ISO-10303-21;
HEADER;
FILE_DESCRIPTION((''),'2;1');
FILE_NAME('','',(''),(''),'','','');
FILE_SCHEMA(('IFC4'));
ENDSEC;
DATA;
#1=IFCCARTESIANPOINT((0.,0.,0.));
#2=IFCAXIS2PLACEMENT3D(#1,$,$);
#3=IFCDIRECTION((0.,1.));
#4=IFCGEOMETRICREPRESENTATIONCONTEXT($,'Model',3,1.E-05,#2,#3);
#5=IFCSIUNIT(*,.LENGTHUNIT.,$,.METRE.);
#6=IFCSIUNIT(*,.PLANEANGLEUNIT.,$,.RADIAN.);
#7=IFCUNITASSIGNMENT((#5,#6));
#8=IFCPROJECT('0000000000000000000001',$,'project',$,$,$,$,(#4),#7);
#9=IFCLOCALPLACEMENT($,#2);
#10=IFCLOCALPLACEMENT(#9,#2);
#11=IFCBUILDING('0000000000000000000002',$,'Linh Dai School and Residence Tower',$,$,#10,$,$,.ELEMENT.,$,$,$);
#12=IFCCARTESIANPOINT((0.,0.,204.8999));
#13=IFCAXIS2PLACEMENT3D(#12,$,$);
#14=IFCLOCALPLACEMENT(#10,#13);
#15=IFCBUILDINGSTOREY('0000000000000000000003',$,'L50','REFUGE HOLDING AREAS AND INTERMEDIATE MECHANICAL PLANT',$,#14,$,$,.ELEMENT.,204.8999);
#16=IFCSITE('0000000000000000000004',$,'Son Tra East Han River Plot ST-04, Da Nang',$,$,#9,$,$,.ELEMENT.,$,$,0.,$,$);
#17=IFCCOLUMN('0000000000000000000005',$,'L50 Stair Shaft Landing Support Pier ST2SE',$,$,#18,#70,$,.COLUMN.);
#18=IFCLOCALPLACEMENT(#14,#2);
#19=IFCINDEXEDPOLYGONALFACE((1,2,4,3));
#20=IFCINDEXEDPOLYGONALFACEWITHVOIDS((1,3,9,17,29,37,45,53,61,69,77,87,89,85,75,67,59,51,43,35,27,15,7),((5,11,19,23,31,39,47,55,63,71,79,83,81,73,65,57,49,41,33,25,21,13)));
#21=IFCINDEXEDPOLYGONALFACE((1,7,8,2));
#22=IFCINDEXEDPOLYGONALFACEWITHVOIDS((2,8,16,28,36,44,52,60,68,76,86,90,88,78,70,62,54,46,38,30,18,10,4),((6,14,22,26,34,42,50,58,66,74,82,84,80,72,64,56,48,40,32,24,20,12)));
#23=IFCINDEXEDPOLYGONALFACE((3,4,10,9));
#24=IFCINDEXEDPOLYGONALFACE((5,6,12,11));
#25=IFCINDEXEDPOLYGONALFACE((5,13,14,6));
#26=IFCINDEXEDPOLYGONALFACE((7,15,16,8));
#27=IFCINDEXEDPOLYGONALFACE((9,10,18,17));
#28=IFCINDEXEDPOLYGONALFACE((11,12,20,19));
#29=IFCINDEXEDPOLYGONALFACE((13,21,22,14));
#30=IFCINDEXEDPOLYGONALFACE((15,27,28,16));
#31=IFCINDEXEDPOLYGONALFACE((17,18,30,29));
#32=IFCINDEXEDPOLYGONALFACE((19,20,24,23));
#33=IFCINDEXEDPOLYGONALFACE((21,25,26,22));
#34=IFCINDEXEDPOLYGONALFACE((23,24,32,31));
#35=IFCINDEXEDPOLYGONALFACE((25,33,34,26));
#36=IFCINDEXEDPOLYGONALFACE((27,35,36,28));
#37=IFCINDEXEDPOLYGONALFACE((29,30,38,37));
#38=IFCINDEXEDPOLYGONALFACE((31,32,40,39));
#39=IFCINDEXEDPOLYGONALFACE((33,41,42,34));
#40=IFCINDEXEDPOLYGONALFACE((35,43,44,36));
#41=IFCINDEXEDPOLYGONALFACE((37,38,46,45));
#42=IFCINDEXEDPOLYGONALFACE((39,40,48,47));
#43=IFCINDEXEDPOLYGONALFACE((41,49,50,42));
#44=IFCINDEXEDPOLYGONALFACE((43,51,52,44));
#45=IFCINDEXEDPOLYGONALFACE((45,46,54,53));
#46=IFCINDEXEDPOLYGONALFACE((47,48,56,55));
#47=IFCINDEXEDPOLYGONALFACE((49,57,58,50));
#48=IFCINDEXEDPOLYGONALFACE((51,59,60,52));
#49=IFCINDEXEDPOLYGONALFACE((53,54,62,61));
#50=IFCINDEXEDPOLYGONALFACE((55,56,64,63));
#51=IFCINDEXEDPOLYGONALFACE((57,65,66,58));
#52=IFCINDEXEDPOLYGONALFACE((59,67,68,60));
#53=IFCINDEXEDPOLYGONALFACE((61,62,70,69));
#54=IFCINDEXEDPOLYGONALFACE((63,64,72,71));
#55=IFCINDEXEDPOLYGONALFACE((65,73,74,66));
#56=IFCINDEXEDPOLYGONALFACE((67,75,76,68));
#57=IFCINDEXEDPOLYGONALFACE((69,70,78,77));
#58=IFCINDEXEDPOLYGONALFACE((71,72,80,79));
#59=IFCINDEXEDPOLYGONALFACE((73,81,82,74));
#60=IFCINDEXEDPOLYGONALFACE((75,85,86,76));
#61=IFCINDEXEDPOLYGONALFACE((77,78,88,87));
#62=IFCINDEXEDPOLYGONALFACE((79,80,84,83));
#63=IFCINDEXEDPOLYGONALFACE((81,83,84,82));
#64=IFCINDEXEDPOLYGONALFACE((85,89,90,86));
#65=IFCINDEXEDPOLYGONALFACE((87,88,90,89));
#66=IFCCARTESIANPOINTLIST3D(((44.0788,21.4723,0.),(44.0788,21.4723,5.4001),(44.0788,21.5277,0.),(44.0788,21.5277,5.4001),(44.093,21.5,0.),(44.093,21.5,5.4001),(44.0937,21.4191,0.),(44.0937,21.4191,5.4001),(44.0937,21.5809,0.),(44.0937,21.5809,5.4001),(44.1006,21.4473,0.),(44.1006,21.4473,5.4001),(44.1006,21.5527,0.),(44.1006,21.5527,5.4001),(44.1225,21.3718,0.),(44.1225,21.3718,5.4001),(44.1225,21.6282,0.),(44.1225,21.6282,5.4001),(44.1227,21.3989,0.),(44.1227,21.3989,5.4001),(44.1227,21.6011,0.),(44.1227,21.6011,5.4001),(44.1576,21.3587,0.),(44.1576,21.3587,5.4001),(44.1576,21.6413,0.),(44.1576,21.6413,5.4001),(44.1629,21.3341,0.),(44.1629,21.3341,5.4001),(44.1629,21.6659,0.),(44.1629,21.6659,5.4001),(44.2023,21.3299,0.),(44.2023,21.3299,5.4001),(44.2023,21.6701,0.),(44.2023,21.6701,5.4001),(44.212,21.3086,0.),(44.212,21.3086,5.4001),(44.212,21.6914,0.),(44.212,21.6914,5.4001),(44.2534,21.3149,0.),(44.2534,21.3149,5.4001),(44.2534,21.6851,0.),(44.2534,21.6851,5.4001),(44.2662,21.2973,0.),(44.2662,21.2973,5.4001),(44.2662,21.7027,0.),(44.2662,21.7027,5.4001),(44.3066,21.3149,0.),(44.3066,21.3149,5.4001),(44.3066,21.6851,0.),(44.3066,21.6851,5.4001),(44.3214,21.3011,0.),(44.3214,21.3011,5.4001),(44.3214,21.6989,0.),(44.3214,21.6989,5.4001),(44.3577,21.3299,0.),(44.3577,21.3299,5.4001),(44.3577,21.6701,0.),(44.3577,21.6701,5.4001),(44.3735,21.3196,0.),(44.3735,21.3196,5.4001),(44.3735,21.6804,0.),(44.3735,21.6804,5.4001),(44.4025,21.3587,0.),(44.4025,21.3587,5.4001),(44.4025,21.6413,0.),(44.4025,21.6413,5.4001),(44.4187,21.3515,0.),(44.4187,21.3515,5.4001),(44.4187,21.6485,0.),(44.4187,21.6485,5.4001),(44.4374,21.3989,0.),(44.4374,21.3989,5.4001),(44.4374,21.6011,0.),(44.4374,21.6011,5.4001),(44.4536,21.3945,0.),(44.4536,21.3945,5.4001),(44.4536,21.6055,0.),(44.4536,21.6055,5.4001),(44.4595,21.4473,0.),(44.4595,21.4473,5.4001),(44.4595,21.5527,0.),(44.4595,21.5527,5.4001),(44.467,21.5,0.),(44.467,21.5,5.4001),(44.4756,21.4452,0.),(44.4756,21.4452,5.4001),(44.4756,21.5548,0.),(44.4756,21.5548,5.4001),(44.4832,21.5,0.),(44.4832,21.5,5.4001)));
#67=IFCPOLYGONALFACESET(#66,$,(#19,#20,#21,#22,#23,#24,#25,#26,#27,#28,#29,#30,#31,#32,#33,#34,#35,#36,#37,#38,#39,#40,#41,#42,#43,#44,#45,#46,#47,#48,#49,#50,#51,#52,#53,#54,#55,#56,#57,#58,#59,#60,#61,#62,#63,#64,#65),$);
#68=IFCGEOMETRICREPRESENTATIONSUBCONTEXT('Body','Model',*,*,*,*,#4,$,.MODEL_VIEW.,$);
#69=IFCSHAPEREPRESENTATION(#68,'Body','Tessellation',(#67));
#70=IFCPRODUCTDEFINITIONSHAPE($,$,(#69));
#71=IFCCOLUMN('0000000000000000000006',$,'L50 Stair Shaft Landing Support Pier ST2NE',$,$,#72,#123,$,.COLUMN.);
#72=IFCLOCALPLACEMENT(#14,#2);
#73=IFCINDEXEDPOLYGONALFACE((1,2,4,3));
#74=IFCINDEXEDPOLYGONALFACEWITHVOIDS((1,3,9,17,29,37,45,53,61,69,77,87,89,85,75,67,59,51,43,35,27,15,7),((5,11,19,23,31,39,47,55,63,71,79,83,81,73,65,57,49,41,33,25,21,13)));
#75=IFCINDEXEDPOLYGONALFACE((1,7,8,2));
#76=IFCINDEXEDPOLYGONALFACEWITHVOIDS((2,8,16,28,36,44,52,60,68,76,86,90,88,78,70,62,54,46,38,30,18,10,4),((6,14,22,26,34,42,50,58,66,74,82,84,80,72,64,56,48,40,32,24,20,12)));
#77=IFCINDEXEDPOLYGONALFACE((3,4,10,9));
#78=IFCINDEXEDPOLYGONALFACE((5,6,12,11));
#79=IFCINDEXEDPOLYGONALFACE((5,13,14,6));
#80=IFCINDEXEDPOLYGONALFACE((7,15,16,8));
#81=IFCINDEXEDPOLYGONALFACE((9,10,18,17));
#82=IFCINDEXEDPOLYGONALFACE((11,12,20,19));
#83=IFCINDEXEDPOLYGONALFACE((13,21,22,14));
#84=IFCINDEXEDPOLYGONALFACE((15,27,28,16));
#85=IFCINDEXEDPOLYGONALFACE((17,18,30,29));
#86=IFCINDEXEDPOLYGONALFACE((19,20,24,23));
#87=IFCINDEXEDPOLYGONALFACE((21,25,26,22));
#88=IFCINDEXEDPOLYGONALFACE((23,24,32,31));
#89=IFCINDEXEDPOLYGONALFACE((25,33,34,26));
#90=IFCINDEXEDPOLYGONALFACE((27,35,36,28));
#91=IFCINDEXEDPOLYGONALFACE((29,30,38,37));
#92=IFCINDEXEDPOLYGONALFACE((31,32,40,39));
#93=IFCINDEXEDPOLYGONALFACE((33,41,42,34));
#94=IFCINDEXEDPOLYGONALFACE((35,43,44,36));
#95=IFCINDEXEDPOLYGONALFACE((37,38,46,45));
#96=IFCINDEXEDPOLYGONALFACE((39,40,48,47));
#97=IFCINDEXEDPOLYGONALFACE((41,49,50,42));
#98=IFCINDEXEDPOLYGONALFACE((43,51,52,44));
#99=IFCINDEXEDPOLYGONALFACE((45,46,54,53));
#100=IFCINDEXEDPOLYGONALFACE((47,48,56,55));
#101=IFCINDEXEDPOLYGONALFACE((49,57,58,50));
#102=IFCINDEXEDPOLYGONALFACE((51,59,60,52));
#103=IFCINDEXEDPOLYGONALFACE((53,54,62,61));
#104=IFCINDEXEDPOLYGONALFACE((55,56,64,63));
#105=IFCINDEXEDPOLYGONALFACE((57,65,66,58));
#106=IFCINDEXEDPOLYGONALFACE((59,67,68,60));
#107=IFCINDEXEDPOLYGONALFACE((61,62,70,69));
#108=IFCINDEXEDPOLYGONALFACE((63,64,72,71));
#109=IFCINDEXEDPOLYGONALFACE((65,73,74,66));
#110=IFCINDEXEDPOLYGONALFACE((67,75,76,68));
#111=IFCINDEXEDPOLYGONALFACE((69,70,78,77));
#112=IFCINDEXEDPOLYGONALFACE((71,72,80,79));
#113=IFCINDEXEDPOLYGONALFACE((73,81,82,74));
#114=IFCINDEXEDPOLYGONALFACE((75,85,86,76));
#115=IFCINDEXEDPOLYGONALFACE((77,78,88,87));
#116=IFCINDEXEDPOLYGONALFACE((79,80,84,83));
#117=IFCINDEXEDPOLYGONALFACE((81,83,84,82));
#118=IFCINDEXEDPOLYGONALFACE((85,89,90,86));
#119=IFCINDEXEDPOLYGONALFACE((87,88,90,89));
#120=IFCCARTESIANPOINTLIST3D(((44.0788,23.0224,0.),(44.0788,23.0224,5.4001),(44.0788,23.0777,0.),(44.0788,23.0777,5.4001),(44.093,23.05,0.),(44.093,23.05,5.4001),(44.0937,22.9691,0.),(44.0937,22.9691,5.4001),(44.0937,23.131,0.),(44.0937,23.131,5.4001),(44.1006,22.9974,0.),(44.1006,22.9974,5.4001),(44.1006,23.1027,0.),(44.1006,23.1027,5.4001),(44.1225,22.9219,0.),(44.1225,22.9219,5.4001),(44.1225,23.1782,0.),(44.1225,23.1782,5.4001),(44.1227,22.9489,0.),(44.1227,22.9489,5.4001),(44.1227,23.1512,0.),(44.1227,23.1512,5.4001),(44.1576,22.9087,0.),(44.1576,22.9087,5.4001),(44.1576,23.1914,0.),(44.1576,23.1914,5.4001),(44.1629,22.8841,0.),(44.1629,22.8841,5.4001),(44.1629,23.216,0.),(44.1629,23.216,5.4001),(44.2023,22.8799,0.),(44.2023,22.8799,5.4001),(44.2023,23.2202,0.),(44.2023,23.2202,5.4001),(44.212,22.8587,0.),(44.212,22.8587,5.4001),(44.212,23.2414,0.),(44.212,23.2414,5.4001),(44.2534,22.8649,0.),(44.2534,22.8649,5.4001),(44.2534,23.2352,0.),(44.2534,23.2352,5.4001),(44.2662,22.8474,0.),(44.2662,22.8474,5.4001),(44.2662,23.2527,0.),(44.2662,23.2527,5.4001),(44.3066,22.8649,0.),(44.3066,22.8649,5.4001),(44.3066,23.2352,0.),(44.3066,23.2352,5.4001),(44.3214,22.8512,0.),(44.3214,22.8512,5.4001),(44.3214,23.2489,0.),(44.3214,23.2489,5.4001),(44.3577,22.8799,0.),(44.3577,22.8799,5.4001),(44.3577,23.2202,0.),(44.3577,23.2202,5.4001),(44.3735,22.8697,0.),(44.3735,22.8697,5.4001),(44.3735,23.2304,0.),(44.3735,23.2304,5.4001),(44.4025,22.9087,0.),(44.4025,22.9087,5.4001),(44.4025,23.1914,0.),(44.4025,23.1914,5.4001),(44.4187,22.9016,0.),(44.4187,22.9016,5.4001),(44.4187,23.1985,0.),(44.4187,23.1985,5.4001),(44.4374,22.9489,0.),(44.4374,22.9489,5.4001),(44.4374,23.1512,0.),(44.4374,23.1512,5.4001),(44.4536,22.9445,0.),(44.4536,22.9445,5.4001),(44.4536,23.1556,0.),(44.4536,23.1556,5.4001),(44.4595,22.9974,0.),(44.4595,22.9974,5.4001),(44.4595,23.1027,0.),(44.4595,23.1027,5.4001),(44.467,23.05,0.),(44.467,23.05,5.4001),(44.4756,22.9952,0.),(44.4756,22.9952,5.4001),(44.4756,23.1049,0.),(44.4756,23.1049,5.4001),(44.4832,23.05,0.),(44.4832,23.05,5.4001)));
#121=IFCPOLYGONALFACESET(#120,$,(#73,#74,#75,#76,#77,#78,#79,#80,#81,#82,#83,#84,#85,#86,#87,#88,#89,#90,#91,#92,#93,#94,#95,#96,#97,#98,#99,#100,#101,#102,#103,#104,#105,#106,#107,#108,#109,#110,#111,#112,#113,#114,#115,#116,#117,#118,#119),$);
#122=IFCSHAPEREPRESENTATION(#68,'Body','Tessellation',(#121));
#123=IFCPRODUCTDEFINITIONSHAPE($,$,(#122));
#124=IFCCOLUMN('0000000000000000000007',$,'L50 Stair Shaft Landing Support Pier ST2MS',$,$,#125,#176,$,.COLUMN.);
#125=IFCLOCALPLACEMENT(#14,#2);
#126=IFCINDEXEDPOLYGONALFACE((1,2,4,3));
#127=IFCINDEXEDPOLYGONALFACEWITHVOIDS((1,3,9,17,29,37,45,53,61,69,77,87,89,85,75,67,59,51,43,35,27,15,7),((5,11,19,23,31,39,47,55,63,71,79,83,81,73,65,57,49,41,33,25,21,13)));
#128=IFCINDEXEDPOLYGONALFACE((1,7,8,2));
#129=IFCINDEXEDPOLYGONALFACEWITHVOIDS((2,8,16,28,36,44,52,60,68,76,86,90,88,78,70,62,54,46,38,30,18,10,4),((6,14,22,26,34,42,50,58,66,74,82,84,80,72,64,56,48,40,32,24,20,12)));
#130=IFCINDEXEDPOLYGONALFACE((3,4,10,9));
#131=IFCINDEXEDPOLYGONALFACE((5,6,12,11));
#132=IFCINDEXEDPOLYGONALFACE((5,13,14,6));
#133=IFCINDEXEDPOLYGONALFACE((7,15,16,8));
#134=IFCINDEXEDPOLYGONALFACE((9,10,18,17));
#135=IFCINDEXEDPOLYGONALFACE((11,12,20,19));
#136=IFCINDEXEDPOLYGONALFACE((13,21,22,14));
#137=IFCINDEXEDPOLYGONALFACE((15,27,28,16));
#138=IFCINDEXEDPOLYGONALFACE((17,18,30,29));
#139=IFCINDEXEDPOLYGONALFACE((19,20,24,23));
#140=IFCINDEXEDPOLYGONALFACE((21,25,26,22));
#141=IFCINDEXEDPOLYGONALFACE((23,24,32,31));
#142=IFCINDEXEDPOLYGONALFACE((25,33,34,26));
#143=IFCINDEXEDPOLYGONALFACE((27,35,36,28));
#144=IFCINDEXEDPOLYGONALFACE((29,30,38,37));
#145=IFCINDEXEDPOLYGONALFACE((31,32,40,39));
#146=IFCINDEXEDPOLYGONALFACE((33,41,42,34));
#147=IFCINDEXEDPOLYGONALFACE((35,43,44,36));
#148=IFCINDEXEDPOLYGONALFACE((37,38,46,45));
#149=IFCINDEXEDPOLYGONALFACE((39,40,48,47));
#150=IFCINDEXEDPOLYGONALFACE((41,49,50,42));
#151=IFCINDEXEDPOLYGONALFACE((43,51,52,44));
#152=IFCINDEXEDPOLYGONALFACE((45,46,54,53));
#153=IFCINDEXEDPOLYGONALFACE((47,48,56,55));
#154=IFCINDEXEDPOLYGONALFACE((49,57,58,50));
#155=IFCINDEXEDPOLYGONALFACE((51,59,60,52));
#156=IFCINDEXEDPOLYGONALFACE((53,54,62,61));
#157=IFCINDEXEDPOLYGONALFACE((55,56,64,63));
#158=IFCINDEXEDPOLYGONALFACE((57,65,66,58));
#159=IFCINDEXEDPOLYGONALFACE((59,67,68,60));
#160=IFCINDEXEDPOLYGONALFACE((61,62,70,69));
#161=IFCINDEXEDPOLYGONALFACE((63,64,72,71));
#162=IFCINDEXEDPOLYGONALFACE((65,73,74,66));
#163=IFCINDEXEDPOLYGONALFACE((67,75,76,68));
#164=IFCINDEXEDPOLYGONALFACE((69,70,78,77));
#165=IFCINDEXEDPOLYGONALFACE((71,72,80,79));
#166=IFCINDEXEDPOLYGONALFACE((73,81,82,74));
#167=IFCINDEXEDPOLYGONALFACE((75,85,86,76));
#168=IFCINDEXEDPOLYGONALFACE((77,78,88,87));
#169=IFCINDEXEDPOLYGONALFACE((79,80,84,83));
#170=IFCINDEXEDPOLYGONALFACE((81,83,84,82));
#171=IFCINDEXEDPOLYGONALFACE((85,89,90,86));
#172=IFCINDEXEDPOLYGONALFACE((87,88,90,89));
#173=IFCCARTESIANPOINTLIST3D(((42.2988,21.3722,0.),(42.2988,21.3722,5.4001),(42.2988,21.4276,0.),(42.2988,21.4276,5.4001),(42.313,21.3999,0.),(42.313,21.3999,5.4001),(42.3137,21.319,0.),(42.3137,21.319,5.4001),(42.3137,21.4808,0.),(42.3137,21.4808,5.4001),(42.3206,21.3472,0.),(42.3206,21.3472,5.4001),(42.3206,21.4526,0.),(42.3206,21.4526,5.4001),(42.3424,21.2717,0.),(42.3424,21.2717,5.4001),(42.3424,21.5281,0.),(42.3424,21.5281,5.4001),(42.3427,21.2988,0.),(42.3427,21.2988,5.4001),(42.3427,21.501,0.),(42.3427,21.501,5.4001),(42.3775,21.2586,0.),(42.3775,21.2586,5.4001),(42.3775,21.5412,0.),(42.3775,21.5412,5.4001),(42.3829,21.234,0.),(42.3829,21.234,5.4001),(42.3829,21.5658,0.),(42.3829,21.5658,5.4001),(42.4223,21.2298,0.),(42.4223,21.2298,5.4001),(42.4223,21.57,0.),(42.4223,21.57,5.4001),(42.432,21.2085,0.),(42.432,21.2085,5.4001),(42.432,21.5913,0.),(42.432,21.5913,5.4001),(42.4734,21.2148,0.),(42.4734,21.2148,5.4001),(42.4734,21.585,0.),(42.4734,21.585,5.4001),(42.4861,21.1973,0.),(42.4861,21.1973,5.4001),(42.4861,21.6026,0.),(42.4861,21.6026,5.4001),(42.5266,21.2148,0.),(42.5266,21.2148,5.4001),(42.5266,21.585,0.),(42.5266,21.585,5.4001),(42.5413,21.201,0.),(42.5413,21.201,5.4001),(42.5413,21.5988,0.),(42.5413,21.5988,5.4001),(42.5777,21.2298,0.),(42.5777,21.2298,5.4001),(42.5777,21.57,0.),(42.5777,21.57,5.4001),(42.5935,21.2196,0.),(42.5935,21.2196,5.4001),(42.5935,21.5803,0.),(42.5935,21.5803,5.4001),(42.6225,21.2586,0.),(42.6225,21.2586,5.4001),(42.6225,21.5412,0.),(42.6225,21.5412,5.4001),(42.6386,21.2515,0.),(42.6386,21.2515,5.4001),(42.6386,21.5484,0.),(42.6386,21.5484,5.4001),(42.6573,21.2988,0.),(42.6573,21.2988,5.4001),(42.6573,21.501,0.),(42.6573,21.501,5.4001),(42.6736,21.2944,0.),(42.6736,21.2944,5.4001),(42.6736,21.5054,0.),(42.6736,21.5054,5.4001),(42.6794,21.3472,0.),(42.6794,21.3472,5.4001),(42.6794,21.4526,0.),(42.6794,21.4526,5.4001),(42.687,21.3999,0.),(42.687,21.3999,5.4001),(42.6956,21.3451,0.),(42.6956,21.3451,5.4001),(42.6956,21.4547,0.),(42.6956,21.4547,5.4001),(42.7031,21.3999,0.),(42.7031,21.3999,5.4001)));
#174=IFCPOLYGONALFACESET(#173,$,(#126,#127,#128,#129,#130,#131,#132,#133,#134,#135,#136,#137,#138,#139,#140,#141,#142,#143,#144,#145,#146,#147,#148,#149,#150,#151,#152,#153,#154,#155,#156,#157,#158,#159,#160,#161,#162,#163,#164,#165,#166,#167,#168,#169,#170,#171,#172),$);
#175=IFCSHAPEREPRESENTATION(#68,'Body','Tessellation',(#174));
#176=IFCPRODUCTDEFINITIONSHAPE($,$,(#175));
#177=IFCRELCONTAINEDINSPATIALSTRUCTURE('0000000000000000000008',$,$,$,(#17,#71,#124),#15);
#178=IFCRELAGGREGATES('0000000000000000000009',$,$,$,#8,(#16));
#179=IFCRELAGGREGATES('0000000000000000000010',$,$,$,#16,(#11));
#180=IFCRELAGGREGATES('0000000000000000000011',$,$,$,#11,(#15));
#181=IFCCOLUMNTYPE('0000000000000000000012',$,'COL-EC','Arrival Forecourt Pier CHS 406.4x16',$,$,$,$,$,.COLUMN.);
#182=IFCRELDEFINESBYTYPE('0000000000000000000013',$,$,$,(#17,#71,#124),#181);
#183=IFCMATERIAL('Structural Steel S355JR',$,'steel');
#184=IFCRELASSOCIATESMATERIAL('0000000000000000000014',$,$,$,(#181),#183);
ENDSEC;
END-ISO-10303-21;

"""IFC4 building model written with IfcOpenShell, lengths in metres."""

from ifc_helpers import new_model, si_unit, direction, frame, origin, origin_2d, place, context, subcontext, project, spatial, hollow_circle, extrude, material, material_profile, profile_set, type_object, element, save


model = new_model("IFC4")

# Units and contexts
model_context = context("Model", 3, precision=1e-05, world=origin(), true_north=direction((0.0, 1.0)))
body_context = subcontext(model_context, "Body", "Model", "MODEL_VIEW")
ifc_project = project(units=[si_unit("LENGTHUNIT", "METRE"), si_unit("PLANEANGLEUNIT", "RADIAN")], contexts=[model_context])

# Site, building, storey
site_placement = place(None, origin())
site = spatial("IfcSite", under=ifc_project, at=site_placement, Name="Son Tra East Han River Plot ST-04, Da Nang", CompositionType="ELEMENT", RefElevation=0.0)
building_placement = place(site_placement, origin())
building = spatial("IfcBuilding", under=site, at=building_placement, Name="Linh Dai School and Residence Tower", CompositionType="ELEMENT")
storey_placement = place(building_placement, frame((0.0, 0.0, 204.8999)))
storey = spatial("IfcBuildingStorey", under=building, at=storey_placement, Name="L50", Description="REFUGE HOLDING AREAS AND INTERMEDIATE MECHANICAL PLANT", CompositionType="ELEMENT", Elevation=204.8999)

# Columns
ifc_material_1 = material(Name="Structural Steel S355JR", Category="steel")
ifc_material_profile_1 = material_profile(ifc_material_1, hollow_circle(Radius=0.2031, WallThickness=0.0161, at=origin_2d()), Name="CHS 406.4x16")
ifc_profile_set_1 = profile_set([ifc_material_profile_1], Name="Structural Steel S355JR")
column_type_1 = type_object("IfcColumnType", Name="COL-EC", Description="Arrival Forecourt Pier CHS 406.4x16", PredefinedType="COLUMN", material=ifc_profile_set_1)
for number, where, z_axis, x_axis, name in (
    (1, (44.28, 21.5, 0.0), (0.0, 0.0, 1.0), (1.0, 0.0, 0.0), "L50 Stair Shaft Landing Support Pier ST2SE"),
    (2, (44.28, 23.05, 0.0), (0.0, 0.0, 1.0), (1.0, 0.0, 0.0), "L50 Stair Shaft Landing Support Pier ST2NE"),
    (3, (42.5, 21.3999, 0.0), (0.0, 0.0, 1.0), (1.0, 0.0, 0.0), "L50 Stair Shaft Landing Support Pier ST2MS"),
):
    element("IfcColumn", number, at=place(storey_placement, frame(where, z_axis=z_axis, x_axis=x_axis)), inside=storey, type_object=column_type_1, Name=name, PredefinedType="COLUMN", context=body_context, shape_type="SweptSolid", body=[
        extrude(hollow_circle(Radius=0.2031, WallThickness=0.0161, at=origin_2d()), origin(), (0.0, 0.0, 1.0), 5.4001),
    ])

save(model, "model.ifc")
